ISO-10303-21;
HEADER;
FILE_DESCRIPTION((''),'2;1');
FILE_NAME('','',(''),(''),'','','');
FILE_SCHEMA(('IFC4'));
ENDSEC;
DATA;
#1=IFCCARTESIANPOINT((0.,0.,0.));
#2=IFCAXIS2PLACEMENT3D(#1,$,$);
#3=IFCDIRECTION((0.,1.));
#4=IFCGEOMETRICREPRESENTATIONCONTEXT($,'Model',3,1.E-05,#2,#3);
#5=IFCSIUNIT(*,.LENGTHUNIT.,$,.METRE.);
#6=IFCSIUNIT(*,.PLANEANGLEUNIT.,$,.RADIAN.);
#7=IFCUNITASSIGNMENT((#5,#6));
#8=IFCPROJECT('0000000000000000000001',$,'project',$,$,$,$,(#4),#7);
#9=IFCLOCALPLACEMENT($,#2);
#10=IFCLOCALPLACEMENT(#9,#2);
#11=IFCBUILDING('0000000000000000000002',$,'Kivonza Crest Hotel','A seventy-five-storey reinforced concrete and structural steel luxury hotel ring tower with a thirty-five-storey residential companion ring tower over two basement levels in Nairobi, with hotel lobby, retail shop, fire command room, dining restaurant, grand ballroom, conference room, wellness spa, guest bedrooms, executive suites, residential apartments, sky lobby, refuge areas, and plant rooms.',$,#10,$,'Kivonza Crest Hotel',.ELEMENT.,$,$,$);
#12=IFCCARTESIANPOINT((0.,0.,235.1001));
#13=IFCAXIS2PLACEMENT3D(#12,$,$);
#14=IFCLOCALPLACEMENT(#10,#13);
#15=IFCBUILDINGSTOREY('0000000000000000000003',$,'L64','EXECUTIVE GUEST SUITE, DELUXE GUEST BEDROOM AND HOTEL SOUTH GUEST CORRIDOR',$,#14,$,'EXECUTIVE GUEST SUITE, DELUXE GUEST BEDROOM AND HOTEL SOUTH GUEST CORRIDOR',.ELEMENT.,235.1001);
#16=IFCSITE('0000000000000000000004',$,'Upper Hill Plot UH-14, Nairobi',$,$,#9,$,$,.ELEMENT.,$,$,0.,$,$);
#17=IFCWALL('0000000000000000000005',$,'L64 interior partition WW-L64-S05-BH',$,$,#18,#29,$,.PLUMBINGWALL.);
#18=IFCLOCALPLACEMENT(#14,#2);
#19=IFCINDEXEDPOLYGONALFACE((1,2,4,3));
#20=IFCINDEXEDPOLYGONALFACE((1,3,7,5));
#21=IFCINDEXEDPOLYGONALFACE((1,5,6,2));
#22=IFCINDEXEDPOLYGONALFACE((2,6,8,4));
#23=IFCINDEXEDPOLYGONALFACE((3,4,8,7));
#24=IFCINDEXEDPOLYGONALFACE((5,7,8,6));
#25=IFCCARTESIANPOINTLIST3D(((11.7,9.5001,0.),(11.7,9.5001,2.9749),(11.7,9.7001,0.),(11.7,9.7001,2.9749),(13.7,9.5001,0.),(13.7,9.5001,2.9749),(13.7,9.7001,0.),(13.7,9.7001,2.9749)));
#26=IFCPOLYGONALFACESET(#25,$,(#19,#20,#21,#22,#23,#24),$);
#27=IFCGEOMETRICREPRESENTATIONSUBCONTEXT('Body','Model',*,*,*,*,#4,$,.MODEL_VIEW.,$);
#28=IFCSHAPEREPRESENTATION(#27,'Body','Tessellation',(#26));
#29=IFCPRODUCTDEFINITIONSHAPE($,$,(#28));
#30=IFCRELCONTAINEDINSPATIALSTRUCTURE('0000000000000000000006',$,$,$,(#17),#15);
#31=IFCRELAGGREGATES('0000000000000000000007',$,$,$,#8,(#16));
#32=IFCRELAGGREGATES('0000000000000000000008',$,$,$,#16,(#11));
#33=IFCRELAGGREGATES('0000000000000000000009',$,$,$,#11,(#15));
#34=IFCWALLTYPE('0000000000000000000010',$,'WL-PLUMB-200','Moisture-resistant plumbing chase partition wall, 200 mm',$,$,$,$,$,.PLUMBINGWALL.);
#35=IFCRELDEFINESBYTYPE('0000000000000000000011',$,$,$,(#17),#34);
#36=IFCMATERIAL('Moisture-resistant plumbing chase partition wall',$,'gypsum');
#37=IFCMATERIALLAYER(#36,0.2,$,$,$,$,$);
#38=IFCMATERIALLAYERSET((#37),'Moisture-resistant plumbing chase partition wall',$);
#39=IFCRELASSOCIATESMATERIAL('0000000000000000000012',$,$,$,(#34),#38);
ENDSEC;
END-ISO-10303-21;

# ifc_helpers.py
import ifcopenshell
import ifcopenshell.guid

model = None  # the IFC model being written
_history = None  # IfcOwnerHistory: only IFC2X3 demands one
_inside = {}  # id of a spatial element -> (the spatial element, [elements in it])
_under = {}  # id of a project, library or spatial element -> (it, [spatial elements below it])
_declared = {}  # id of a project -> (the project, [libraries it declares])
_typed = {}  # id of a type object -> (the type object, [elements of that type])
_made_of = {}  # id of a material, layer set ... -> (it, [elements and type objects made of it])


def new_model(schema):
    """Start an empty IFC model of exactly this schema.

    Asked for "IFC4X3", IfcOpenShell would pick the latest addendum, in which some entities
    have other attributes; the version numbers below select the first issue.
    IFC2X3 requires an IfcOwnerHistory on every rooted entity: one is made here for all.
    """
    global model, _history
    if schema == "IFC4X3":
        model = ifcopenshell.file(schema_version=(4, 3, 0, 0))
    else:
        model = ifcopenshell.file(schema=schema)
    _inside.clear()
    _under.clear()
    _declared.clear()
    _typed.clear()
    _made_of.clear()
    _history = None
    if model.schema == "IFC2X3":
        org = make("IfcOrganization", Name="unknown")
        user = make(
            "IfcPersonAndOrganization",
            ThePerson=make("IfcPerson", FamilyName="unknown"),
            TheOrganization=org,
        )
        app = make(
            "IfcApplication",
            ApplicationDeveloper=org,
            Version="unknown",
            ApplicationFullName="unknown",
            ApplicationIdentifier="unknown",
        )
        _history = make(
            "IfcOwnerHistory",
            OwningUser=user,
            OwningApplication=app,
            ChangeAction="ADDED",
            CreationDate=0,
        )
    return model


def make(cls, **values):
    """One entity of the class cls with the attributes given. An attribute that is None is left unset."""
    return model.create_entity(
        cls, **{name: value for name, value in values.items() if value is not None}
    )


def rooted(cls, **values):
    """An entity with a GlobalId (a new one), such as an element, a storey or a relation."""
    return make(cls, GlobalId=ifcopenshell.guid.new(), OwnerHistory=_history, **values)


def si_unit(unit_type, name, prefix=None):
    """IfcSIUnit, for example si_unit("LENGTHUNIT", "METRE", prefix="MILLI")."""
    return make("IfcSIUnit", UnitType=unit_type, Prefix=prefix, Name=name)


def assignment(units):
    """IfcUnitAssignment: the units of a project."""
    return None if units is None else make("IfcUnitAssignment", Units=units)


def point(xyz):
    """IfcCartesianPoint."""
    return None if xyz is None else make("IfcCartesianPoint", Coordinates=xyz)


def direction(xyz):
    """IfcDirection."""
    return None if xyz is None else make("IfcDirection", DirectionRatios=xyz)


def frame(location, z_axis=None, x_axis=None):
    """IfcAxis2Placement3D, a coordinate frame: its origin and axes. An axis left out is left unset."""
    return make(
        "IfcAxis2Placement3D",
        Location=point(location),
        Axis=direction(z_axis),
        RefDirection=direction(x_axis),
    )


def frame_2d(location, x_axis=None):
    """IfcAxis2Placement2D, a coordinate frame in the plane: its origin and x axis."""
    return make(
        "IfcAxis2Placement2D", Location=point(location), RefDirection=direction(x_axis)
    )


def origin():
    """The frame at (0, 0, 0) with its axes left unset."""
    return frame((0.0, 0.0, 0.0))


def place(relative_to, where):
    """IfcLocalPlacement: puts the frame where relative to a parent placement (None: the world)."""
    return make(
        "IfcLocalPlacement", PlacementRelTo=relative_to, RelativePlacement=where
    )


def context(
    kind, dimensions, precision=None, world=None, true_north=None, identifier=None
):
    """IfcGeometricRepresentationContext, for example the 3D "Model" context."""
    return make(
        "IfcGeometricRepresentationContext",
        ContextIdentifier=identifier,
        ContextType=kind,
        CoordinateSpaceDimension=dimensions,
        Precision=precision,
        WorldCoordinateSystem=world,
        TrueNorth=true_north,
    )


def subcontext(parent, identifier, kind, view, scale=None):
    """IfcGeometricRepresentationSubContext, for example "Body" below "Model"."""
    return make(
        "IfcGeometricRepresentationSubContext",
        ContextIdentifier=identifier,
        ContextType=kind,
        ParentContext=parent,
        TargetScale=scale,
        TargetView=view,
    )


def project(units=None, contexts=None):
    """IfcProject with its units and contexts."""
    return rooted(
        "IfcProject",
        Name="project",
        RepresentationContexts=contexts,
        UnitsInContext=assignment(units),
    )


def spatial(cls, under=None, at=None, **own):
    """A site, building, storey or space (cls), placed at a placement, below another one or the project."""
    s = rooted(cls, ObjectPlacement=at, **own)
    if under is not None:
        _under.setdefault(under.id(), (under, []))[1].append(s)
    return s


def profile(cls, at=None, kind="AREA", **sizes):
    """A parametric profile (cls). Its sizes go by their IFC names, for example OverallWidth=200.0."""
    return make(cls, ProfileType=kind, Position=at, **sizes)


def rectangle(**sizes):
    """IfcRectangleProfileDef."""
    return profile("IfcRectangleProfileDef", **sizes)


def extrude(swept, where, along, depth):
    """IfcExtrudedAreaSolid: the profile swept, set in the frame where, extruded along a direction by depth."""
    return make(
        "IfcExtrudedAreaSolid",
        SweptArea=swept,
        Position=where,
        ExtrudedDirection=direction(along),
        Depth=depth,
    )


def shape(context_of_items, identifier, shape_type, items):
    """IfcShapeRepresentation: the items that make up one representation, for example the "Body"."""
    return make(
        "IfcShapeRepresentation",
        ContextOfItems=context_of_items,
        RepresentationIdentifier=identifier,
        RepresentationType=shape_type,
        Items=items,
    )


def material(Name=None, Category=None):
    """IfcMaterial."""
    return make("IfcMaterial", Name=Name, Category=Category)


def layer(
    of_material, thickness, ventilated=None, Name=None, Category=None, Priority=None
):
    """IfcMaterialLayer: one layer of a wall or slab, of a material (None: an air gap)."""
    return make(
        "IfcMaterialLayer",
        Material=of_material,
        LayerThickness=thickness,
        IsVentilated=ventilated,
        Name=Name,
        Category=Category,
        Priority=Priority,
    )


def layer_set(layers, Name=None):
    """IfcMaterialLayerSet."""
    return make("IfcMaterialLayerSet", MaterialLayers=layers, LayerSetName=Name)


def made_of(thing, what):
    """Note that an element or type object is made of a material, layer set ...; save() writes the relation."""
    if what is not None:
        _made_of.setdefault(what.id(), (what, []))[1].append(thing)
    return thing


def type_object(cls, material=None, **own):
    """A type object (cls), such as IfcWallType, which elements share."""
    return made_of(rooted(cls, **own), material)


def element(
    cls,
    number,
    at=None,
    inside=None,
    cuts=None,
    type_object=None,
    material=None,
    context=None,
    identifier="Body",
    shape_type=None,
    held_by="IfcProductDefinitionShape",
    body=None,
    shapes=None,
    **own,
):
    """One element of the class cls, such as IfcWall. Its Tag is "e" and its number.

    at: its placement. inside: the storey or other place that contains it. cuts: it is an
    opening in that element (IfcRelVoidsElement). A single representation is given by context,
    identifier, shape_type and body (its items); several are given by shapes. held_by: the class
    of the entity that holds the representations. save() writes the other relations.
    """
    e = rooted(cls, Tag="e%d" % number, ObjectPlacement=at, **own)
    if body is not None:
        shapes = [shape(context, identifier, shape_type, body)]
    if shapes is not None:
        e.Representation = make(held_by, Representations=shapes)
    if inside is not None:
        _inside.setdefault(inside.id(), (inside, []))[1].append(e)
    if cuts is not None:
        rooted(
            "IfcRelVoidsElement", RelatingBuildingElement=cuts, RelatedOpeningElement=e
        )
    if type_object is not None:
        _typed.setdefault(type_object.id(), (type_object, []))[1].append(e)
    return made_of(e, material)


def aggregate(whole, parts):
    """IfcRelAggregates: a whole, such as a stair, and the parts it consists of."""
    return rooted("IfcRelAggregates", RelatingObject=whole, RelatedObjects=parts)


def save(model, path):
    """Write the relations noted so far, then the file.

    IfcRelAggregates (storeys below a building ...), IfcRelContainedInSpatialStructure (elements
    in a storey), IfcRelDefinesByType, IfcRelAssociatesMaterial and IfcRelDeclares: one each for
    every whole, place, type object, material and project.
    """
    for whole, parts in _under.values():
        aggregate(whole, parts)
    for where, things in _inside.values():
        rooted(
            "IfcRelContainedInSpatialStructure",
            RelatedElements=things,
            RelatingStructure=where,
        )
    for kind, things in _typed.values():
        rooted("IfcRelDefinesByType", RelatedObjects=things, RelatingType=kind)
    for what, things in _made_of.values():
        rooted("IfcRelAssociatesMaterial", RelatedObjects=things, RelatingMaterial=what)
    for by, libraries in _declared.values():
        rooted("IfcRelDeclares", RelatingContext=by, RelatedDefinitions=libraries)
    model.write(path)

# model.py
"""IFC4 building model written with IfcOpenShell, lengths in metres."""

from ifc_helpers import new_model, si_unit, direction, frame, frame_2d, origin, place, context, subcontext, project, spatial, rectangle, extrude, material, layer, layer_set, type_object, element, save


model = new_model("IFC4")

# Units and contexts
model_context = context("Model", 3, precision=1e-05, world=origin(), true_north=direction((0.0, 1.0)))
body_context = subcontext(model_context, "Body", "Model", "MODEL_VIEW")
ifc_project = project(units=[si_unit("LENGTHUNIT", "METRE"), si_unit("PLANEANGLEUNIT", "RADIAN")], contexts=[model_context])

# Site, building, storey
site_placement = place(None, origin())
site = spatial("IfcSite", under=ifc_project, at=site_placement, Name="Upper Hill Plot UH-14, Nairobi", CompositionType="ELEMENT", RefElevation=0.0)
building_placement = place(site_placement, origin())
building = spatial("IfcBuilding", under=site, at=building_placement, Name="Kivonza Crest Hotel", Description="A seventy-five-storey reinforced concrete and structural steel luxury hotel ring tower with a thirty-five-storey residential companion ring tower over two basement levels in Nairobi, with hotel lobby, retail shop, fire command room, dining restaurant, grand ballroom, conference room, wellness spa, guest bedrooms, executive suites, residential apartments, sky lobby, refuge areas, and plant rooms.", LongName="Kivonza Crest Hotel", CompositionType="ELEMENT")
storey_placement = place(building_placement, frame((0.0, 0.0, 235.1001)))
storey = spatial("IfcBuildingStorey", under=building, at=storey_placement, Name="L64", Description="EXECUTIVE GUEST SUITE, DELUXE GUEST BEDROOM AND HOTEL SOUTH GUEST CORRIDOR", LongName="EXECUTIVE GUEST SUITE, DELUXE GUEST BEDROOM AND HOTEL SOUTH GUEST CORRIDOR", CompositionType="ELEMENT", Elevation=235.1001)

# Shared definitions
ifc_material_1 = material(Name="Moisture-resistant plumbing chase partition wall", Category="gypsum")
ifc_layer_1 = layer(ifc_material_1, 0.2)
ifc_layer_set_1 = layer_set([ifc_layer_1], Name="Moisture-resistant plumbing chase partition wall")
wall_type_1 = type_object("IfcWallType", Name="WL-PLUMB-200", Description="Moisture-resistant plumbing chase partition wall, 200 mm", PredefinedType="PLUMBINGWALL", material=ifc_layer_set_1)

# Wall
wall_1_placement = place(storey_placement, frame((11.7, 9.6001, 0.0), z_axis=(0.0, 0.0, 1.0), x_axis=(1.0, 0.0, 0.0)))
element("IfcWall", 1, at=wall_1_placement, inside=storey, type_object=wall_type_1, Name="L64 interior partition WW-L64-S05-BH", PredefinedType="PLUMBINGWALL", context=body_context, shape_type="SweptSolid", body=[
    extrude(rectangle(XDim=2.0, YDim=0.2, at=frame_2d((1.0, 0.0))), origin(), (0.0, 0.0, 1.0), 2.9749),
])

save(model, "model.ifc")
